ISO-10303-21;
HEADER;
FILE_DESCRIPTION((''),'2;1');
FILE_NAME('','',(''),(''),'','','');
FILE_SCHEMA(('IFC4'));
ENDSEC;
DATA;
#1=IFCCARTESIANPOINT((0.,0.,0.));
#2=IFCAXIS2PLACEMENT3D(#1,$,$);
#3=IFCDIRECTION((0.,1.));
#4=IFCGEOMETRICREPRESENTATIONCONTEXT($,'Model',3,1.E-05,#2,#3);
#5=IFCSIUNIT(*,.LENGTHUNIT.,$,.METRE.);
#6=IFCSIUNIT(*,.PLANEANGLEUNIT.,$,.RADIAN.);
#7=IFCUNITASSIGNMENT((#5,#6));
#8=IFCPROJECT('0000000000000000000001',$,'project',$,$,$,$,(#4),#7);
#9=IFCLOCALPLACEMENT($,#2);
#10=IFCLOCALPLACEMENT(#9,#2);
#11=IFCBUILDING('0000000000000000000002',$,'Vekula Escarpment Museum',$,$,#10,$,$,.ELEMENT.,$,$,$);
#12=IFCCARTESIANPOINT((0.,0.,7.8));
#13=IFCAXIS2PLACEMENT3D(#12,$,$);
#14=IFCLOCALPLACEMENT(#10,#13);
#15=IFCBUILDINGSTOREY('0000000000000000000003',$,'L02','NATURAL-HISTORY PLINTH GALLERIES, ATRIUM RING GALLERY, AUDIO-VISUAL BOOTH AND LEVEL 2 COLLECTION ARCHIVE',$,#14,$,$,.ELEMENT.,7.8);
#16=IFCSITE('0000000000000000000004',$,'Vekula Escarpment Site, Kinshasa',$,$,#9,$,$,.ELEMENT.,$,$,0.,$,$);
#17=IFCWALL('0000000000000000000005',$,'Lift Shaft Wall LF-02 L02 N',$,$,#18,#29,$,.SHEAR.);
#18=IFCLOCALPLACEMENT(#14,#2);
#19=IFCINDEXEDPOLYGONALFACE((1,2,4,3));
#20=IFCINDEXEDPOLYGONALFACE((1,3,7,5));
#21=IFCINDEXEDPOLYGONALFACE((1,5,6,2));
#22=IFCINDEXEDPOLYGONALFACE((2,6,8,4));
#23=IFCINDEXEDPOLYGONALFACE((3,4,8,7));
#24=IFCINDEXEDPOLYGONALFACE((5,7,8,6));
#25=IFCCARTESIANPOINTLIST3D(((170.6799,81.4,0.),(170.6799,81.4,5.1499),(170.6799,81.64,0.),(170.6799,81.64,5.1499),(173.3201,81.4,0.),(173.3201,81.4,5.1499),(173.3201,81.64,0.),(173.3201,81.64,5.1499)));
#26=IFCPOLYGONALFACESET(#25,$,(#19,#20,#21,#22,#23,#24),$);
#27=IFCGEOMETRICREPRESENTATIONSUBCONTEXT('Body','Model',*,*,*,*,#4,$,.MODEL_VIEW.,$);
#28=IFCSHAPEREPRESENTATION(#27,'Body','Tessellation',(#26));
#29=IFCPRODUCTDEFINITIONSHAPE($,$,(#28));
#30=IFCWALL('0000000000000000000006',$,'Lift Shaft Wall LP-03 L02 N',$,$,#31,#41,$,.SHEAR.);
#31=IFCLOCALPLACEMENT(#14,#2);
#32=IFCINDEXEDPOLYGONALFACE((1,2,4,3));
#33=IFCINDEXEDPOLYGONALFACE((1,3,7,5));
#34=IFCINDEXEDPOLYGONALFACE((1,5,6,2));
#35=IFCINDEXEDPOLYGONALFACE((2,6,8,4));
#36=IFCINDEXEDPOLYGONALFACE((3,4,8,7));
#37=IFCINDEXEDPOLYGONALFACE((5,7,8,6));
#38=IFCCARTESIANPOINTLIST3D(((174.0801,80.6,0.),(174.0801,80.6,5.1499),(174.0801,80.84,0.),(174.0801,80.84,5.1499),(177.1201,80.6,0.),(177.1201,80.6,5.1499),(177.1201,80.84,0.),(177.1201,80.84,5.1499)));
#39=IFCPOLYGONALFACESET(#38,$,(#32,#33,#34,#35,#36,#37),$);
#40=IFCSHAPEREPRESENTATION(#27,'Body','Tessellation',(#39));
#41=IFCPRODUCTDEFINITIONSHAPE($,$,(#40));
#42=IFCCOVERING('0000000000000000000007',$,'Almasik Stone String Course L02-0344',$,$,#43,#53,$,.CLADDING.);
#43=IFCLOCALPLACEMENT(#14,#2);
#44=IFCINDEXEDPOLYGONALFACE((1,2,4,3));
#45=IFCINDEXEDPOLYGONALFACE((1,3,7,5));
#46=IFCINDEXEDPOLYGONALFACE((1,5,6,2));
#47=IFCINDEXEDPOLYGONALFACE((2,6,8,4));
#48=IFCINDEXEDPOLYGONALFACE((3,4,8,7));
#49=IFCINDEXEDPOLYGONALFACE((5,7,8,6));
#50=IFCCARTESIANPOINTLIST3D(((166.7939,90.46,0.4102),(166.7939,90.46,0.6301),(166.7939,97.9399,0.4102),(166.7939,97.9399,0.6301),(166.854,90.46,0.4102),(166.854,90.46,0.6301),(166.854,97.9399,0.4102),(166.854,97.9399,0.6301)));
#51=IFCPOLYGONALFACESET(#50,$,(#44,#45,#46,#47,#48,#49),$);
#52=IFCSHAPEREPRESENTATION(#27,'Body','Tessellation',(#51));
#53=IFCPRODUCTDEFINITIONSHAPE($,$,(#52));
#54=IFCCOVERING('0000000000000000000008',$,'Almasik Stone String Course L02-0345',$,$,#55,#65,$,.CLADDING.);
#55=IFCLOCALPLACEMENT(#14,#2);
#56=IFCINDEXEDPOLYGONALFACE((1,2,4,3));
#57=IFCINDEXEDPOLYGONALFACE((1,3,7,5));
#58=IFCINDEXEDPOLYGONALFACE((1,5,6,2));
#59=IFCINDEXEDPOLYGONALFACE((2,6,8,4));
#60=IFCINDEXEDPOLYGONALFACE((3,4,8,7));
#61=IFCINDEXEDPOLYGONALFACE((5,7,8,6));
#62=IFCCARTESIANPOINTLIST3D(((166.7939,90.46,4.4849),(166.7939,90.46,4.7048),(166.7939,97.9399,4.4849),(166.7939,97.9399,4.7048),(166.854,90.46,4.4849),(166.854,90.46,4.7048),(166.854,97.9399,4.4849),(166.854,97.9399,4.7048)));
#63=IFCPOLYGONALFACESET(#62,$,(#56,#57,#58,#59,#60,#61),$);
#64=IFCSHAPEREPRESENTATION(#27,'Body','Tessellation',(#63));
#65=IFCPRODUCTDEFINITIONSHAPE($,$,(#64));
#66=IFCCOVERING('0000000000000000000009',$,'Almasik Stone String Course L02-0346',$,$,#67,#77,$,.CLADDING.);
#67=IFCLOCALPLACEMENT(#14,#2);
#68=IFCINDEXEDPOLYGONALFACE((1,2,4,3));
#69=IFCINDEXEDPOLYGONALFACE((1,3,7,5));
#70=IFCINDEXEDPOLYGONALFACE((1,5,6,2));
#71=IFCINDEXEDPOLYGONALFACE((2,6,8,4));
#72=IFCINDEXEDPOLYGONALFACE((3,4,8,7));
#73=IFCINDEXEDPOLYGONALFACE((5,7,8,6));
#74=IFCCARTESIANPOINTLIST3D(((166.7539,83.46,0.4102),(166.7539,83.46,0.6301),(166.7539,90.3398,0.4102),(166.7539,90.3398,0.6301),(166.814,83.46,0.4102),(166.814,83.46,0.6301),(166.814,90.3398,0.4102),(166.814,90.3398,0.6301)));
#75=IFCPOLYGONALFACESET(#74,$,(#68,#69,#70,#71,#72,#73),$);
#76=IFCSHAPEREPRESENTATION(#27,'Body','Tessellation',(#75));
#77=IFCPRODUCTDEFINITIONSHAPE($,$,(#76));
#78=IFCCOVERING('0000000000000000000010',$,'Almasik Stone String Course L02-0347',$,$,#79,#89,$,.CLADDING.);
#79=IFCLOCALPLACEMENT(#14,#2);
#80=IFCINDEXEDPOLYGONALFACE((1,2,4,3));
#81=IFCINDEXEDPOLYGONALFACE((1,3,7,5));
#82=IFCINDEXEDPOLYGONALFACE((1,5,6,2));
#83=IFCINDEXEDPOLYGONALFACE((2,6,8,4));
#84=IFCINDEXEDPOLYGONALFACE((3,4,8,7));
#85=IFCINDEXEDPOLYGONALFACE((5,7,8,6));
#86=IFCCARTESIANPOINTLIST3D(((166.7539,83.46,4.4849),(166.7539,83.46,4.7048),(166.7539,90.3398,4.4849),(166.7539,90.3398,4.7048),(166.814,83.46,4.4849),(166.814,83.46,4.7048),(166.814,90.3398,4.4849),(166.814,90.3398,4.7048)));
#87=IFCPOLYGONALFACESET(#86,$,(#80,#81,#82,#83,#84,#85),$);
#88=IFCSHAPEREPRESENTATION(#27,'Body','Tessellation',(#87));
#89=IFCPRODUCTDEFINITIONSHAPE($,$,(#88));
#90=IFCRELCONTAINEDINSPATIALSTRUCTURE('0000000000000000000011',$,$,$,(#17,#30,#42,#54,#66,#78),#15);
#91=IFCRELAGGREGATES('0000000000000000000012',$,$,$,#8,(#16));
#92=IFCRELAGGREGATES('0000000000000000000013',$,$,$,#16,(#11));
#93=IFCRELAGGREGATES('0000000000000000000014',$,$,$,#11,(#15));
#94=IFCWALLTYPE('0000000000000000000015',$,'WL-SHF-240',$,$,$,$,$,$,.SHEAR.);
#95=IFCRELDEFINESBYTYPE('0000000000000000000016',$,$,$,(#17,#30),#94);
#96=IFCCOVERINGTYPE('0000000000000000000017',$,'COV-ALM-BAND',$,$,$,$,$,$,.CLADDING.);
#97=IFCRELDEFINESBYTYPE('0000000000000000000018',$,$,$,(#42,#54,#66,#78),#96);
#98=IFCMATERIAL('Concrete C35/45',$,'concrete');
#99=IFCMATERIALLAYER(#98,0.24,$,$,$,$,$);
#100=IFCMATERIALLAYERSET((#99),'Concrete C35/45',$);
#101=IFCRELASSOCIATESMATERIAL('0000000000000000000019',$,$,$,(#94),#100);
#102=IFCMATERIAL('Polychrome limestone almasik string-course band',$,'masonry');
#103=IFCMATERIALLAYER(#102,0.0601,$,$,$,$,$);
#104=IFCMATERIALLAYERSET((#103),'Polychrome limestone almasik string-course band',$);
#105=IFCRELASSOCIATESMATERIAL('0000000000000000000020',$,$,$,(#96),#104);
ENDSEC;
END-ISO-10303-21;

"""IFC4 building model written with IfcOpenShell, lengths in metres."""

from ifc_helpers import new_model, si_unit, direction, frame, frame_2d, origin, origin_2d, place, context, subcontext, project, spatial, rectangle, extrude, material, layer, layer_set, type_object, element, save


model = new_model("IFC4")

# Units and contexts
model_context = context("Model", 3, precision=1e-05, world=origin(), true_north=direction((0.0, 1.0)))
body_context = subcontext(model_context, "Body", "Model", "MODEL_VIEW")
ifc_project = project(units=[si_unit("LENGTHUNIT", "METRE"), si_unit("PLANEANGLEUNIT", "RADIAN")], contexts=[model_context])

# Site, building, storey
site_placement = place(None, origin())
site = spatial("IfcSite", under=ifc_project, at=site_placement, Name="Vekula Escarpment Site, Kinshasa", CompositionType="ELEMENT", RefElevation=0.0)
building_placement = place(site_placement, origin())
building = spatial("IfcBuilding", under=site, at=building_placement, Name="Vekula Escarpment Museum", CompositionType="ELEMENT")
storey_placement = place(building_placement, frame((0.0, 0.0, 7.8)))
storey = spatial("IfcBuildingStorey", under=building, at=storey_placement, Name="L02", Description="NATURAL-HISTORY PLINTH GALLERIES, ATRIUM RING GALLERY, AUDIO-VISUAL BOOTH AND LEVEL 2 COLLECTION ARCHIVE", CompositionType="ELEMENT", Elevation=7.8)

# Walls
ifc_material_1 = material(Name="Concrete C35/45", Category="concrete")
ifc_layer_1 = layer(ifc_material_1, 0.24)
ifc_layer_set_1 = layer_set([ifc_layer_1], Name="Concrete C35/45")
wall_type_1 = type_object("IfcWallType", Name="WL-SHF-240", PredefinedType="SHEAR", material=ifc_layer_set_1)
for number, where, z_axis, x_axis, name in (
    (1, (170.6799, 81.52, 0.0), (0.0, 0.0, 1.0), (1.0, 0.0, 0.0), "Lift Shaft Wall LF-02 L02 N"),
):
    element("IfcWall", number, at=place(storey_placement, frame(where, z_axis=z_axis, x_axis=x_axis)), inside=storey, type_object=wall_type_1, Name=name, PredefinedType="SHEAR", context=body_context, shape_type="SweptSolid", body=[
        extrude(rectangle(XDim=2.6401, YDim=0.24, at=frame_2d((1.3201, 0.0))), origin(), (0.0, 0.0, 1.0), 5.1499),
    ])
wall_1_placement = place(storey_placement, frame((174.0801, 80.72, 0.0), z_axis=(0.0, 0.0, 1.0), x_axis=(1.0, 0.0, 0.0)))
element("IfcWall", 2, at=wall_1_placement, inside=storey, type_object=wall_type_1, Name="Lift Shaft Wall LP-03 L02 N", PredefinedType="SHEAR", context=body_context, shape_type="SweptSolid", body=[
    extrude(rectangle(XDim=3.04, YDim=0.24, at=frame_2d((1.52, 0.0))), origin(), (0.0, 0.0, 1.0), 5.1499),
])

# Coverings
ifc_material_2 = material(Name="Polychrome limestone almasik string-course band", Category="masonry")
ifc_layer_2 = layer(ifc_material_2, 0.0601)
ifc_layer_set_2 = layer_set([ifc_layer_2], Name="Polychrome limestone almasik string-course band")
covering_type = type_object("IfcCoveringType", Name="COV-ALM-BAND", PredefinedType="CLADDING", material=ifc_layer_set_2)
for number, where, z_axis, x_axis, name in (
    (3, (166.824, 94.2, 0.4102), (0.0, 0.0, 1.0), (0.0, 1.0, 0.0), "Almasik Stone String Course L02-0344"),
    (4, (166.824, 94.2, 4.4849), (0.0, 0.0, 1.0), (0.0, 1.0, 0.0), "Almasik Stone String Course L02-0345"),
):
    element("IfcCovering", number, at=place(storey_placement, frame(where, z_axis=z_axis, x_axis=x_axis)), inside=storey, type_object=covering_type, Name=name, PredefinedType="CLADDING", context=body_context, shape_type="SweptSolid", body=[
        extrude(rectangle(XDim=7.48, YDim=0.0601, at=origin_2d()), origin(), (0.0, 0.0, 1.0), 0.22),
    ])
for number, where, z_axis, x_axis, name in (
    (5, (166.7839, 86.8999, 0.4102), (0.0, 0.0, 1.0), (0.0, 1.0, 0.0), "Almasik Stone String Course L02-0346"),
    (6, (166.7839, 86.8999, 4.4849), (0.0, 0.0, 1.0), (0.0, 1.0, 0.0), "Almasik Stone String Course L02-0347"),
):
    element("IfcCovering", number, at=place(storey_placement, frame(where, z_axis=z_axis, x_axis=x_axis)), inside=storey, type_object=covering_type, Name=name, PredefinedType="CLADDING", context=body_context, shape_type="SweptSolid", body=[
        extrude(rectangle(XDim=6.8799, YDim=0.0601, at=origin_2d()), origin(), (0.0, 0.0, 1.0), 0.22),
    ])

save(model, "model.ifc")
